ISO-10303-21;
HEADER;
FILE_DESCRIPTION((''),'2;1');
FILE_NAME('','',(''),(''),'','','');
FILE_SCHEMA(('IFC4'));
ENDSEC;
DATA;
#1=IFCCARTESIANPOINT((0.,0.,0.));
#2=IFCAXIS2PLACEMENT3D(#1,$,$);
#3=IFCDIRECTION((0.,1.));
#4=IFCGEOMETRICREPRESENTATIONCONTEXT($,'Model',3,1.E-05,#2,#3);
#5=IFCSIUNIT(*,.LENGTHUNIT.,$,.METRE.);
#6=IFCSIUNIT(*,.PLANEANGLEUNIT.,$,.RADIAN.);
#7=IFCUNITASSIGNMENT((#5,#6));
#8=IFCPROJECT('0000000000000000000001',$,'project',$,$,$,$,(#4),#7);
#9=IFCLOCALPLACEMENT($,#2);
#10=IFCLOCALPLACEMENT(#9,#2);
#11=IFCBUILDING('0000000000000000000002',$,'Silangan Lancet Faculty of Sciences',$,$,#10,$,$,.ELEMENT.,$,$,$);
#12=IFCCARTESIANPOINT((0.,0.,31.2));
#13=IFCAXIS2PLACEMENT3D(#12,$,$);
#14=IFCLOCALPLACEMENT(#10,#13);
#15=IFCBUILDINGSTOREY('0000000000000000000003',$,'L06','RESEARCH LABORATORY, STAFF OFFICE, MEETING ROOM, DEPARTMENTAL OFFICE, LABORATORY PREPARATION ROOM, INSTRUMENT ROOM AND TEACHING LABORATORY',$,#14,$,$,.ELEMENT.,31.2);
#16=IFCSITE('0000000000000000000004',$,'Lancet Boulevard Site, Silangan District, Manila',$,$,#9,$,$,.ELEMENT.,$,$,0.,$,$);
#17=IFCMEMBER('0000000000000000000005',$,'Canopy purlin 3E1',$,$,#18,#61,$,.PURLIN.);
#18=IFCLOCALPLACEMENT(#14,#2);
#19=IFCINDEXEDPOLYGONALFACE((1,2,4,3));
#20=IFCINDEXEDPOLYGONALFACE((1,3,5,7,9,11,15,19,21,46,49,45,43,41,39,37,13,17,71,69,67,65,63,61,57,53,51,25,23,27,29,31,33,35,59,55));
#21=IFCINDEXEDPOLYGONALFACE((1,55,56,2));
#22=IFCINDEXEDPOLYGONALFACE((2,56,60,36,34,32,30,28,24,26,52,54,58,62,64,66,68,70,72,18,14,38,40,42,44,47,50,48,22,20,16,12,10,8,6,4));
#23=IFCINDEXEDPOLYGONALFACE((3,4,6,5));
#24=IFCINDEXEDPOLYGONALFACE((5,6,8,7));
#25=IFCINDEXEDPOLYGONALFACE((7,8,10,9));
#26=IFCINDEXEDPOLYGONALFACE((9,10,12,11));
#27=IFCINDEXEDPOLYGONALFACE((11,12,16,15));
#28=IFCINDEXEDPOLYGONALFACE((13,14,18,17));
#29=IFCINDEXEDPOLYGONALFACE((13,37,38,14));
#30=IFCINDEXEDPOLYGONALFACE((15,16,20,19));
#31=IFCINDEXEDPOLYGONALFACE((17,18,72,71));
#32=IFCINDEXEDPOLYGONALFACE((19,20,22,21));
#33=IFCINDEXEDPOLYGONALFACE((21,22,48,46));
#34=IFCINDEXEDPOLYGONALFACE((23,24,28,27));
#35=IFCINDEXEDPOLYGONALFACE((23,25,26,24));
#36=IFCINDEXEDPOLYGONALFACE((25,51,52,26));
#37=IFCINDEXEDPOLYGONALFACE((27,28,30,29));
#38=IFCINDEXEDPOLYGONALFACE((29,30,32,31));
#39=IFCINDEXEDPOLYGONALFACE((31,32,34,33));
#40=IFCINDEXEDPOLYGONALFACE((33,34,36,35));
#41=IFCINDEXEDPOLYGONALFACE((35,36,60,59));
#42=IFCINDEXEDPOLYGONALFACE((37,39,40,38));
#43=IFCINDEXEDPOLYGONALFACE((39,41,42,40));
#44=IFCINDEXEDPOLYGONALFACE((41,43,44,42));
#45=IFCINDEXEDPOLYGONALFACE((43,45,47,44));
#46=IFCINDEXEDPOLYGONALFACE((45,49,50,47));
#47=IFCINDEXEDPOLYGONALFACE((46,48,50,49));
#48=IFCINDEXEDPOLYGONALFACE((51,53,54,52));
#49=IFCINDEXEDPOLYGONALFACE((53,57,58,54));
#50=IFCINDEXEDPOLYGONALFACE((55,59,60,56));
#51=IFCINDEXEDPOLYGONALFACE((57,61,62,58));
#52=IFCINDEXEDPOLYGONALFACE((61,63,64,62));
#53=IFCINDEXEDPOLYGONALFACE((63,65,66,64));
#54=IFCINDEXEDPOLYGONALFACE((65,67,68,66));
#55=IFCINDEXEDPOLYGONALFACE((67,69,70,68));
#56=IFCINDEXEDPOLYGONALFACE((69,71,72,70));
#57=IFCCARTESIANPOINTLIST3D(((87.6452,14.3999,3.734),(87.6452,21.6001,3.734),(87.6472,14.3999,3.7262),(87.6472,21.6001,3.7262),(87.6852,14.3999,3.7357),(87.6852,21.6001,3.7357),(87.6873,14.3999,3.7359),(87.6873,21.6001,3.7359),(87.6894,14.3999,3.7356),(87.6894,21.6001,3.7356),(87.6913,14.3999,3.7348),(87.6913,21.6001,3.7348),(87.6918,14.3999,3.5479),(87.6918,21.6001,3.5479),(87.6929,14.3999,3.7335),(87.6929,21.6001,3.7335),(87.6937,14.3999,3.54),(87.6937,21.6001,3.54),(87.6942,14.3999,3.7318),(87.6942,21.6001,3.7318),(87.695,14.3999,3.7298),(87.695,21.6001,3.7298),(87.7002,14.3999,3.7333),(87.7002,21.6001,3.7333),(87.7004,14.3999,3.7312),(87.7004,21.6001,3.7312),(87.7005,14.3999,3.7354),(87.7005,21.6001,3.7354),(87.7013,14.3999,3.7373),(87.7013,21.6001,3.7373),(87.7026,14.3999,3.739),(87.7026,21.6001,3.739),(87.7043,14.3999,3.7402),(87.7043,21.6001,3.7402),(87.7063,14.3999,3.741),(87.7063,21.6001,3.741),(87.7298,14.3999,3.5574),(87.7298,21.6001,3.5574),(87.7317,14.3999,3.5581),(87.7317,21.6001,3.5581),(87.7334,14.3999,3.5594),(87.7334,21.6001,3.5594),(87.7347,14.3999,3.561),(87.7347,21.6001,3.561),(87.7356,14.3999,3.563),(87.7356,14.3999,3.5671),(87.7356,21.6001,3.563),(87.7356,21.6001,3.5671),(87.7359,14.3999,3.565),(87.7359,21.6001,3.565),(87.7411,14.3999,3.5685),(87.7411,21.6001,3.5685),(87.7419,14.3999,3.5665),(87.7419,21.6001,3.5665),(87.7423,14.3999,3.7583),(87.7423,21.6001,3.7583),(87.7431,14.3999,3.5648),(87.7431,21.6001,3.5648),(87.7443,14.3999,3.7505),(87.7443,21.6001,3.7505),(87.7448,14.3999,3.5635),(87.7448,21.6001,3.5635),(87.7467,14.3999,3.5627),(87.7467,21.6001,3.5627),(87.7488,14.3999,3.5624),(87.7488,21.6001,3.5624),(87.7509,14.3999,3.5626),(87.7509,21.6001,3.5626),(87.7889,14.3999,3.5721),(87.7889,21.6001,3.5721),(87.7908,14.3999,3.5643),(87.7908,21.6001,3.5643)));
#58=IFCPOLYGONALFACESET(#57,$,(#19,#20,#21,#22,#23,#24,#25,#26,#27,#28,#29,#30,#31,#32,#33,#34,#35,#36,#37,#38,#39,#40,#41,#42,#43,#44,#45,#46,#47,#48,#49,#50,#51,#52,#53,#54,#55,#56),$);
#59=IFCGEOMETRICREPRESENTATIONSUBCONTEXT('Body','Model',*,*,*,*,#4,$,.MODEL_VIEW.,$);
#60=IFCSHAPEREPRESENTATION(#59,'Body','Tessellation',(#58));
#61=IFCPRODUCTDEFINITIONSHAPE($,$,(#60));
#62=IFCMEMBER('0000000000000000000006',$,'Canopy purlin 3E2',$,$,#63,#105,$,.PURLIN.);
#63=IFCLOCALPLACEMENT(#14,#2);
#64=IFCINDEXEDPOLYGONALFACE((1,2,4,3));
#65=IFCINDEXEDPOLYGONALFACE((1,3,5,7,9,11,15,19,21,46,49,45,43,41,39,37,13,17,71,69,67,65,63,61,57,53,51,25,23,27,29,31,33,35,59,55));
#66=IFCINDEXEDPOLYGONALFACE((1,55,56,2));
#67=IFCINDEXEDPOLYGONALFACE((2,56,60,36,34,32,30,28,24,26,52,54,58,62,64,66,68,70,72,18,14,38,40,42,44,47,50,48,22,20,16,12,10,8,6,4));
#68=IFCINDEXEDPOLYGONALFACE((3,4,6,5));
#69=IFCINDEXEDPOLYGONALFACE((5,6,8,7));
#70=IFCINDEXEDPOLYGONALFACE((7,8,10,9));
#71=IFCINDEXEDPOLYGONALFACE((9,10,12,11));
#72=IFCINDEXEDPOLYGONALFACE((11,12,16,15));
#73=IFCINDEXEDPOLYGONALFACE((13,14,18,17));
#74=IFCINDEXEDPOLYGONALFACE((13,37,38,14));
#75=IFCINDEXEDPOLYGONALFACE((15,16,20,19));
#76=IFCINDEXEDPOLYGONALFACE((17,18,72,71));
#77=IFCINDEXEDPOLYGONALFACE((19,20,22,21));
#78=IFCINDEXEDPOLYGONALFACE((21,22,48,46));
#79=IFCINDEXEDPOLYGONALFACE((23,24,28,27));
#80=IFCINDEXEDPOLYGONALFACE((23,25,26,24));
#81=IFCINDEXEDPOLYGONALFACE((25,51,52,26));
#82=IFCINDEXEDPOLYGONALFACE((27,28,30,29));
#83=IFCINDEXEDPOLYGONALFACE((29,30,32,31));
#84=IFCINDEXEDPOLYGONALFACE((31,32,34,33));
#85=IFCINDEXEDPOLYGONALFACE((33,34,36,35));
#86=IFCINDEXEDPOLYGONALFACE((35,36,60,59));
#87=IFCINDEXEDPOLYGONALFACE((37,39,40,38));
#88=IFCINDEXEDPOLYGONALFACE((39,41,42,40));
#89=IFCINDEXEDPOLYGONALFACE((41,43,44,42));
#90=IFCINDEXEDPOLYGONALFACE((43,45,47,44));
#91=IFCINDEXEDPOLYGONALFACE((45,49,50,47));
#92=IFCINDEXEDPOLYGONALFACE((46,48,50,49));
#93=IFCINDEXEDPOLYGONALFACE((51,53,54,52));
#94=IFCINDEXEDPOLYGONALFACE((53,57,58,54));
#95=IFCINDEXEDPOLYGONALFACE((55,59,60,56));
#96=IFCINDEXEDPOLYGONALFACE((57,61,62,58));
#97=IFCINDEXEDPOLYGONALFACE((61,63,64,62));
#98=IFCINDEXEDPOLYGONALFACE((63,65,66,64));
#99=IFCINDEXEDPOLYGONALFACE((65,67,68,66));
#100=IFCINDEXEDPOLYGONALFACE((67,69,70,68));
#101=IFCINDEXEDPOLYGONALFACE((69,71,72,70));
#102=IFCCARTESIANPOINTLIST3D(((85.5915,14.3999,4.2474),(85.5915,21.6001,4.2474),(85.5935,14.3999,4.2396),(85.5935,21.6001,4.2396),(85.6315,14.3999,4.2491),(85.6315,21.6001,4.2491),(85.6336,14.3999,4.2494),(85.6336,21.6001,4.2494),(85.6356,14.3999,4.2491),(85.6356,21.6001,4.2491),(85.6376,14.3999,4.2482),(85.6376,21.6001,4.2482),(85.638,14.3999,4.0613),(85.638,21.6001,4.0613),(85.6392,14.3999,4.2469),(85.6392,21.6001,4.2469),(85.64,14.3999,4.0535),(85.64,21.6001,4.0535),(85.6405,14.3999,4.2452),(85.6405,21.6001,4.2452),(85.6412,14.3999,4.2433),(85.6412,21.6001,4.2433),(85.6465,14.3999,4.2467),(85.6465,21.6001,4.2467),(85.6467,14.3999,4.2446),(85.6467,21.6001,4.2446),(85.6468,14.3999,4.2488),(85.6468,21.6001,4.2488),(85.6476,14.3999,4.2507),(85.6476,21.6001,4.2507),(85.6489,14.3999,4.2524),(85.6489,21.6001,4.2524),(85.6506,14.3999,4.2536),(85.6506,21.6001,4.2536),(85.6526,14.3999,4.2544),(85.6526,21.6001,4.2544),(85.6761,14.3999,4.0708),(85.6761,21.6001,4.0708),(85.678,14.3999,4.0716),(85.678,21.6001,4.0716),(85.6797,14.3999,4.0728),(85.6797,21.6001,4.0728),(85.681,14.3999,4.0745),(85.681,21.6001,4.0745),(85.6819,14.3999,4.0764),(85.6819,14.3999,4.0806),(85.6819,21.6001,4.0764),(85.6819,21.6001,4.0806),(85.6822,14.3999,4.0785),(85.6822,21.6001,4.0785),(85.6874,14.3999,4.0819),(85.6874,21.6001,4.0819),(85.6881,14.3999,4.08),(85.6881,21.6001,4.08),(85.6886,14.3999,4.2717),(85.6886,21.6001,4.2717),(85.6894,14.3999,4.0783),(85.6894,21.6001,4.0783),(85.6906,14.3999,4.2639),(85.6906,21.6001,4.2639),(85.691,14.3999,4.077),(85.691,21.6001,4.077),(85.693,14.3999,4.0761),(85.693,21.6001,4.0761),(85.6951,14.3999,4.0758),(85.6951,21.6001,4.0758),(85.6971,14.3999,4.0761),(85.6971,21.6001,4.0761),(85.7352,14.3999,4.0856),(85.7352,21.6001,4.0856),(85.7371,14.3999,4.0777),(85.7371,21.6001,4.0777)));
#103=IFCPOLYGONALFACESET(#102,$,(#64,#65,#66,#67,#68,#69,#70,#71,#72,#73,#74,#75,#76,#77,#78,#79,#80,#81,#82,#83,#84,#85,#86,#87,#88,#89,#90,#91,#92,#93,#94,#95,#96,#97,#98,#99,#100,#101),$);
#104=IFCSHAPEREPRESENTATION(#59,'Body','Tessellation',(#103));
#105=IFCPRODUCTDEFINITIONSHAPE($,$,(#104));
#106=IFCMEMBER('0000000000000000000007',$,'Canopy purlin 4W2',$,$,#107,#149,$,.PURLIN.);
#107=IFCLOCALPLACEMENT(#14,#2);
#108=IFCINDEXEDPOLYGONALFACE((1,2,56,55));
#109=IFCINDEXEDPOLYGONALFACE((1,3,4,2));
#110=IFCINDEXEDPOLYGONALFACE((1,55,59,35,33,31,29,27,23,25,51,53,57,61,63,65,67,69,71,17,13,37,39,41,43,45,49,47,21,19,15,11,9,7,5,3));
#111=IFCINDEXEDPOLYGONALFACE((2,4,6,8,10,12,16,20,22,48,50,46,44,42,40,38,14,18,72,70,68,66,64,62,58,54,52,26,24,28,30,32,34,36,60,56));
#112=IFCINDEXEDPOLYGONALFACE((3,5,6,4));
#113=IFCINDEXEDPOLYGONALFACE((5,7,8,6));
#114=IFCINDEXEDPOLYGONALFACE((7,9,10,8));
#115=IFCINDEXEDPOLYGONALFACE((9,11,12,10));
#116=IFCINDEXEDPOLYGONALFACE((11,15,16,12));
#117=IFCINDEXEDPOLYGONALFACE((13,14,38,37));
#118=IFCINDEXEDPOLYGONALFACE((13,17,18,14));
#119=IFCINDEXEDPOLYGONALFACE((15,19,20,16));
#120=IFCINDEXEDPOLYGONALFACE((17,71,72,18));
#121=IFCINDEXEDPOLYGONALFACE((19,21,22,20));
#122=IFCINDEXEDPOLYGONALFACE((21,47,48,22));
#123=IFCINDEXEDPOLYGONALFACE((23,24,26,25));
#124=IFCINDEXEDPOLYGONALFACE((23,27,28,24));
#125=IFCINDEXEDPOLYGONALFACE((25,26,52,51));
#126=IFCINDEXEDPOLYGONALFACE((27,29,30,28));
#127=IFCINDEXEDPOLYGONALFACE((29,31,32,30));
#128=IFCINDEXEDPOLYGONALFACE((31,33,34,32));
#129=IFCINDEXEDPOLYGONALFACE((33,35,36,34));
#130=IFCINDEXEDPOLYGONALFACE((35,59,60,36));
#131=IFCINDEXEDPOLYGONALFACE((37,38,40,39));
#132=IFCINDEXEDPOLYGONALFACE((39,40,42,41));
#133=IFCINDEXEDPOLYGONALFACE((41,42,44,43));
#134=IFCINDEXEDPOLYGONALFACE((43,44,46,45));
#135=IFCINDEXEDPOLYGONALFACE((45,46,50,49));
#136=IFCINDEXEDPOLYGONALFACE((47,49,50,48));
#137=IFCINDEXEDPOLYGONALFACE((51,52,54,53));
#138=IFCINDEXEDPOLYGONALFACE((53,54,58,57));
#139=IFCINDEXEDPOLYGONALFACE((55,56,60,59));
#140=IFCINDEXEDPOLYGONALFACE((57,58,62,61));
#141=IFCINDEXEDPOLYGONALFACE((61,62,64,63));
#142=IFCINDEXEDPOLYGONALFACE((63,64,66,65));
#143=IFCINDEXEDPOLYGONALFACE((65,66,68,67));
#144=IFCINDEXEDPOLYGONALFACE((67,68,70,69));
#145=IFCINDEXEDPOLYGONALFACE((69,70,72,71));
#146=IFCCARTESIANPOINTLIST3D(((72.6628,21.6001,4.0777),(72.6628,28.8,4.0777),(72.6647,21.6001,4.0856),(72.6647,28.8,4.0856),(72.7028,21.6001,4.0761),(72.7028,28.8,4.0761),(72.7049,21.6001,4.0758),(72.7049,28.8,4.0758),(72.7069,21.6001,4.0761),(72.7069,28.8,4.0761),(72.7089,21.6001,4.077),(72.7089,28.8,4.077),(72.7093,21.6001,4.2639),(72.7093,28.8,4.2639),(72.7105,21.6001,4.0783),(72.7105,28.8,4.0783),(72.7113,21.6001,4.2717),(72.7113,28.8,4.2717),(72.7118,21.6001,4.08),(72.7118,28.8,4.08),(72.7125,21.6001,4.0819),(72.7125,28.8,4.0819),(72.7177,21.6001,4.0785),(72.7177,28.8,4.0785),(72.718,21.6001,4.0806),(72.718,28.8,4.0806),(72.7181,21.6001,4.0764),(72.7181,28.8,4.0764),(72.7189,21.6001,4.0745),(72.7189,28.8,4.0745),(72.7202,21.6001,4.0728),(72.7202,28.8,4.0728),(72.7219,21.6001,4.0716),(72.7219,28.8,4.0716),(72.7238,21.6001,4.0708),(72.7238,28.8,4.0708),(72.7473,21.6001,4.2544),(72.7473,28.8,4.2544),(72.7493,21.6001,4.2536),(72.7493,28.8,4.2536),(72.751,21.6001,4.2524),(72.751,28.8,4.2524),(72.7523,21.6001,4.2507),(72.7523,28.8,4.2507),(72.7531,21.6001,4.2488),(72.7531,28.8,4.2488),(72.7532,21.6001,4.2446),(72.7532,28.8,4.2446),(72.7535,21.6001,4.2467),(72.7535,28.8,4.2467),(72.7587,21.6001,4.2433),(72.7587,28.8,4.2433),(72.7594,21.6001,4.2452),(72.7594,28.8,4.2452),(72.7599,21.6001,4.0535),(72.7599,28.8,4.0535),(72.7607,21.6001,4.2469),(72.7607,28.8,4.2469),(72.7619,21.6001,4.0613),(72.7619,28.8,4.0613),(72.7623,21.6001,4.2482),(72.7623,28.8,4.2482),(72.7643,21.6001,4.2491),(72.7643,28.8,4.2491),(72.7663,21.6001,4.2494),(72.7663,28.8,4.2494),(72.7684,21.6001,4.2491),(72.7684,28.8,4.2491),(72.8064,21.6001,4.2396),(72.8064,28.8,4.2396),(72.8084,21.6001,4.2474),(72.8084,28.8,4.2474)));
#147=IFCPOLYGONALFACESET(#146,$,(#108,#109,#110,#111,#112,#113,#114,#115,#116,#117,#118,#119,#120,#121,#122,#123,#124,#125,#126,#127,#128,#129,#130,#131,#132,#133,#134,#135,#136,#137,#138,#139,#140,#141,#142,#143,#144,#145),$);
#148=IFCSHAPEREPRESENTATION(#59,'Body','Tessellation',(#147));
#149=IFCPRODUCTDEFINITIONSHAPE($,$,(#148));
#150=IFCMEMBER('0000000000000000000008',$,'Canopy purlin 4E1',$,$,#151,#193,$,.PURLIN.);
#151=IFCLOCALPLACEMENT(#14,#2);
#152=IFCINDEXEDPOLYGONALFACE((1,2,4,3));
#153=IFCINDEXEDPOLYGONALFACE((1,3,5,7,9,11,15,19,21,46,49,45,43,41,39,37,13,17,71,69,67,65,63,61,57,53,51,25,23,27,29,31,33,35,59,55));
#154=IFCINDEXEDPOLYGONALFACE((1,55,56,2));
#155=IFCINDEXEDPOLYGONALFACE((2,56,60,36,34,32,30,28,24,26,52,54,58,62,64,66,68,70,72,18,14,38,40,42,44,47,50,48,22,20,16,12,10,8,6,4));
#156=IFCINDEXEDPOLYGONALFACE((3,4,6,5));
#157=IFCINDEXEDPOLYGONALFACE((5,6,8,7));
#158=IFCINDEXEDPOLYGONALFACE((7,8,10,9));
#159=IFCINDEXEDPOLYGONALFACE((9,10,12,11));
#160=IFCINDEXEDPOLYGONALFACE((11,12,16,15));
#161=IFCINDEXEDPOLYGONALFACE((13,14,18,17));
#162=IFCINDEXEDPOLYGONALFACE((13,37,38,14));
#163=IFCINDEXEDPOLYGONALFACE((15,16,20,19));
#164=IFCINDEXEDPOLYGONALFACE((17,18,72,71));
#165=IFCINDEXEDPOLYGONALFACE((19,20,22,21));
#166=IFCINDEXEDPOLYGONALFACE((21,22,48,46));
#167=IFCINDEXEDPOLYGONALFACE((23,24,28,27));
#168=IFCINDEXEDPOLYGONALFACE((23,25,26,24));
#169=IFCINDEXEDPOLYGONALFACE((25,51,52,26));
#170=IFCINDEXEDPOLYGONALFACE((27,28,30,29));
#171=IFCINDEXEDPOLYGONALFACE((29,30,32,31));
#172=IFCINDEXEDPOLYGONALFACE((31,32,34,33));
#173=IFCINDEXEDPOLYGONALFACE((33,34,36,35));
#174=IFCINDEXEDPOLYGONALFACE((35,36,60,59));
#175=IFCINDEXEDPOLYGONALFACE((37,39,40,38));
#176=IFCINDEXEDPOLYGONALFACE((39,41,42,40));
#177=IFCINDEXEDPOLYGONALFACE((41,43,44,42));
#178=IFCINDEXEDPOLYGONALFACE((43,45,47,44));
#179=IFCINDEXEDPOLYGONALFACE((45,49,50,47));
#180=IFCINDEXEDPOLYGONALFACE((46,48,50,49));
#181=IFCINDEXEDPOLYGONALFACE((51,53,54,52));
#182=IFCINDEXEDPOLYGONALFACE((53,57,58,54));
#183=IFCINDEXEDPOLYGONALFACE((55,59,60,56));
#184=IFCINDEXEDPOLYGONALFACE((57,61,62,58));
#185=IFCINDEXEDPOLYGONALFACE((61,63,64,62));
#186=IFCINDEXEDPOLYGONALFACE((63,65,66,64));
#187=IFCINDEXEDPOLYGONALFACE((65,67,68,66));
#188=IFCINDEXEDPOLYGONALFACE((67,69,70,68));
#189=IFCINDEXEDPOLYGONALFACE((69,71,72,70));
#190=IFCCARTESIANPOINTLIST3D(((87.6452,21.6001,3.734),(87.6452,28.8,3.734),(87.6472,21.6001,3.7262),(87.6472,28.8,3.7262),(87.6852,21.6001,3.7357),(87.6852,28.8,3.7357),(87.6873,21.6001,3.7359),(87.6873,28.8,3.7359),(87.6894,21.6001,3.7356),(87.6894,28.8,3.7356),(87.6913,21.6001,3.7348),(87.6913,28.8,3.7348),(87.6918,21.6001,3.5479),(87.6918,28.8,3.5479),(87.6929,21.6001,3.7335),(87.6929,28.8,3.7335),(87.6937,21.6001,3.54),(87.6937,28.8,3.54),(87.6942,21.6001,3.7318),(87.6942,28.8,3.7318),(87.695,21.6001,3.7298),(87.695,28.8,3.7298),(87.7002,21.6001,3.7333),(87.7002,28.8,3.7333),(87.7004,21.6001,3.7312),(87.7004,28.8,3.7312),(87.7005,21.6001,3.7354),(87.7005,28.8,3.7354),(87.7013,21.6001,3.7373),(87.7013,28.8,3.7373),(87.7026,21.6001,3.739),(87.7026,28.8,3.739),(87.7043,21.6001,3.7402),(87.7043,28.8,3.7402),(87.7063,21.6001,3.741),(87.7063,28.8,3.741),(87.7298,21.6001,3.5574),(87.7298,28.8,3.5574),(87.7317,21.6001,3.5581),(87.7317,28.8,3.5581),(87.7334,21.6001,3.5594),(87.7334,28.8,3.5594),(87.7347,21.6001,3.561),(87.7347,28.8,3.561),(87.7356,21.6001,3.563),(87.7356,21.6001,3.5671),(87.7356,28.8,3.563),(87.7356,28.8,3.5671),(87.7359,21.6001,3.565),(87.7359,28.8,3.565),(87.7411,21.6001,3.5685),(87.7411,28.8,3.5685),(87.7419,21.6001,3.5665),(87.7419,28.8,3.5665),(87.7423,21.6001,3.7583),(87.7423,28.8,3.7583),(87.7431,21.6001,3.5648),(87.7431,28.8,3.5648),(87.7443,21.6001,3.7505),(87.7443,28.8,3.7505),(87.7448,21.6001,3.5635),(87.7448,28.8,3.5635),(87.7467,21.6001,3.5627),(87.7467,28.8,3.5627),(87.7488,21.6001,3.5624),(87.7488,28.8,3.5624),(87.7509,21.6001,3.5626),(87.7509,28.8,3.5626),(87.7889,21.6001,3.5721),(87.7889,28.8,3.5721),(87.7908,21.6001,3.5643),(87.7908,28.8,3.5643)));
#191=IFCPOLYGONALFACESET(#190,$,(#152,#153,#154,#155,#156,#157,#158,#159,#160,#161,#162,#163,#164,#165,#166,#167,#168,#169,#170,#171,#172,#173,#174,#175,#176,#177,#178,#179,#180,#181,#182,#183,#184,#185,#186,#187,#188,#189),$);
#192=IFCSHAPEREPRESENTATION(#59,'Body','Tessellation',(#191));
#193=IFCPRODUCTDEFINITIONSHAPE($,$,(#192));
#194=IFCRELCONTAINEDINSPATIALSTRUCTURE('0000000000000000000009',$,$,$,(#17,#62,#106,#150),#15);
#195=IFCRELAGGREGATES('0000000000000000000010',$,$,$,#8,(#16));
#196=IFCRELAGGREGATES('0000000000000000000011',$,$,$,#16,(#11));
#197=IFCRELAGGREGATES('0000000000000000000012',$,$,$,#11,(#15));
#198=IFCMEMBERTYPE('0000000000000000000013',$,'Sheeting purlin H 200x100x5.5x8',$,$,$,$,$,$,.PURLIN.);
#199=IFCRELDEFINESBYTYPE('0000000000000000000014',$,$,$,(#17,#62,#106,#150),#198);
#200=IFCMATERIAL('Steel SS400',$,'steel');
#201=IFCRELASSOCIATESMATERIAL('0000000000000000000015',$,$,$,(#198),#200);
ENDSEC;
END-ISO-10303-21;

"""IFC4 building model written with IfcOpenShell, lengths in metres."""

from ifc_helpers import new_model, si_unit, direction, frame, origin, origin_2d, place, context, subcontext, project, spatial, i_section, extrude, material, material_profile, profile_set, type_object, element, save


model = new_model("IFC4")

# Units and contexts
model_context = context("Model", 3, precision=1e-05, world=origin(), true_north=direction((0.0, 1.0)))
body_context = subcontext(model_context, "Body", "Model", "MODEL_VIEW")
ifc_project = project(units=[si_unit("LENGTHUNIT", "METRE"), si_unit("PLANEANGLEUNIT", "RADIAN")], contexts=[model_context])

# Site, building, storey
site_placement = place(None, origin())
site = spatial("IfcSite", under=ifc_project, at=site_placement, Name="Lancet Boulevard Site, Silangan District, Manila", CompositionType="ELEMENT", RefElevation=0.0)
building_placement = place(site_placement, origin())
building = spatial("IfcBuilding", under=site, at=building_placement, Name="Silangan Lancet Faculty of Sciences", CompositionType="ELEMENT")
storey_placement = place(building_placement, frame((0.0, 0.0, 31.2)))
storey = spatial("IfcBuildingStorey", under=building, at=storey_placement, Name="L06", Description="RESEARCH LABORATORY, STAFF OFFICE, MEETING ROOM, DEPARTMENTAL OFFICE, LABORATORY PREPARATION ROOM, INSTRUMENT ROOM AND TEACHING LABORATORY", CompositionType="ELEMENT", Elevation=31.2)

# Members
ifc_material_1 = material(Name="Steel SS400", Category="steel")
ifc_material_profile_1 = material_profile(ifc_material_1, i_section(OverallWidth=0.1001, OverallDepth=0.2, WebThickness=0.0056, FlangeThickness=0.0081, FilletRadius=0.0081, at=origin_2d()), Name="H 200x100x5.5x8")
ifc_profile_set_1 = profile_set([ifc_material_profile_1], Name="Steel SS400")
member_type_1 = type_object("IfcMemberType", Name="Sheeting purlin H 200x100x5.5x8", PredefinedType="PURLIN", material=ifc_profile_set_1)
for number, where, z_axis, x_axis, name in (
    (1, (87.718, 14.3999, 3.6492), (0.0, 1.0, 0.0), (-0.970143, 0.0, -0.242536), "Canopy purlin 3E1"),
    (2, (85.6643, 14.3999, 4.1626), (0.0, 1.0, 0.0), (-0.970143, 0.0, -0.242536), "Canopy purlin 3E2"),
):
    element("IfcMember", number, at=place(storey_placement, frame(where, z_axis=z_axis, x_axis=x_axis)), inside=storey, type_object=member_type_1, Name=name, PredefinedType="PURLIN", context=body_context, shape_type="SweptSolid", body=[
        extrude(i_section(OverallWidth=0.1001, OverallDepth=0.2, WebThickness=0.0056, FlangeThickness=0.0081, FilletRadius=0.0081, at=origin_2d()), origin(), (0.0, 0.0, 1.0), 7.2002),
    ])
for number, where, z_axis, x_axis, name in (
    (3, (72.7356, 21.6001, 4.1626), (0.0, 1.0, 0.0), (-0.970143, 0.0, 0.242536), "Canopy purlin 4W2"),
    (4, (87.718, 21.6001, 3.6492), (0.0, 1.0, 0.0), (-0.970143, 0.0, -0.242536), "Canopy purlin 4E1"),
):
    element("IfcMember", number, at=place(storey_placement, frame(where, z_axis=z_axis, x_axis=x_axis)), inside=storey, type_object=member_type_1, Name=name, PredefinedType="PURLIN", context=body_context, shape_type="SweptSolid", body=[
        extrude(i_section(OverallWidth=0.1001, OverallDepth=0.2, WebThickness=0.0056, FlangeThickness=0.0081, FilletRadius=0.0081, at=origin_2d()), origin(), (0.0, 0.0, 1.0), 7.2),
    ])

save(model, "model.ifc")
